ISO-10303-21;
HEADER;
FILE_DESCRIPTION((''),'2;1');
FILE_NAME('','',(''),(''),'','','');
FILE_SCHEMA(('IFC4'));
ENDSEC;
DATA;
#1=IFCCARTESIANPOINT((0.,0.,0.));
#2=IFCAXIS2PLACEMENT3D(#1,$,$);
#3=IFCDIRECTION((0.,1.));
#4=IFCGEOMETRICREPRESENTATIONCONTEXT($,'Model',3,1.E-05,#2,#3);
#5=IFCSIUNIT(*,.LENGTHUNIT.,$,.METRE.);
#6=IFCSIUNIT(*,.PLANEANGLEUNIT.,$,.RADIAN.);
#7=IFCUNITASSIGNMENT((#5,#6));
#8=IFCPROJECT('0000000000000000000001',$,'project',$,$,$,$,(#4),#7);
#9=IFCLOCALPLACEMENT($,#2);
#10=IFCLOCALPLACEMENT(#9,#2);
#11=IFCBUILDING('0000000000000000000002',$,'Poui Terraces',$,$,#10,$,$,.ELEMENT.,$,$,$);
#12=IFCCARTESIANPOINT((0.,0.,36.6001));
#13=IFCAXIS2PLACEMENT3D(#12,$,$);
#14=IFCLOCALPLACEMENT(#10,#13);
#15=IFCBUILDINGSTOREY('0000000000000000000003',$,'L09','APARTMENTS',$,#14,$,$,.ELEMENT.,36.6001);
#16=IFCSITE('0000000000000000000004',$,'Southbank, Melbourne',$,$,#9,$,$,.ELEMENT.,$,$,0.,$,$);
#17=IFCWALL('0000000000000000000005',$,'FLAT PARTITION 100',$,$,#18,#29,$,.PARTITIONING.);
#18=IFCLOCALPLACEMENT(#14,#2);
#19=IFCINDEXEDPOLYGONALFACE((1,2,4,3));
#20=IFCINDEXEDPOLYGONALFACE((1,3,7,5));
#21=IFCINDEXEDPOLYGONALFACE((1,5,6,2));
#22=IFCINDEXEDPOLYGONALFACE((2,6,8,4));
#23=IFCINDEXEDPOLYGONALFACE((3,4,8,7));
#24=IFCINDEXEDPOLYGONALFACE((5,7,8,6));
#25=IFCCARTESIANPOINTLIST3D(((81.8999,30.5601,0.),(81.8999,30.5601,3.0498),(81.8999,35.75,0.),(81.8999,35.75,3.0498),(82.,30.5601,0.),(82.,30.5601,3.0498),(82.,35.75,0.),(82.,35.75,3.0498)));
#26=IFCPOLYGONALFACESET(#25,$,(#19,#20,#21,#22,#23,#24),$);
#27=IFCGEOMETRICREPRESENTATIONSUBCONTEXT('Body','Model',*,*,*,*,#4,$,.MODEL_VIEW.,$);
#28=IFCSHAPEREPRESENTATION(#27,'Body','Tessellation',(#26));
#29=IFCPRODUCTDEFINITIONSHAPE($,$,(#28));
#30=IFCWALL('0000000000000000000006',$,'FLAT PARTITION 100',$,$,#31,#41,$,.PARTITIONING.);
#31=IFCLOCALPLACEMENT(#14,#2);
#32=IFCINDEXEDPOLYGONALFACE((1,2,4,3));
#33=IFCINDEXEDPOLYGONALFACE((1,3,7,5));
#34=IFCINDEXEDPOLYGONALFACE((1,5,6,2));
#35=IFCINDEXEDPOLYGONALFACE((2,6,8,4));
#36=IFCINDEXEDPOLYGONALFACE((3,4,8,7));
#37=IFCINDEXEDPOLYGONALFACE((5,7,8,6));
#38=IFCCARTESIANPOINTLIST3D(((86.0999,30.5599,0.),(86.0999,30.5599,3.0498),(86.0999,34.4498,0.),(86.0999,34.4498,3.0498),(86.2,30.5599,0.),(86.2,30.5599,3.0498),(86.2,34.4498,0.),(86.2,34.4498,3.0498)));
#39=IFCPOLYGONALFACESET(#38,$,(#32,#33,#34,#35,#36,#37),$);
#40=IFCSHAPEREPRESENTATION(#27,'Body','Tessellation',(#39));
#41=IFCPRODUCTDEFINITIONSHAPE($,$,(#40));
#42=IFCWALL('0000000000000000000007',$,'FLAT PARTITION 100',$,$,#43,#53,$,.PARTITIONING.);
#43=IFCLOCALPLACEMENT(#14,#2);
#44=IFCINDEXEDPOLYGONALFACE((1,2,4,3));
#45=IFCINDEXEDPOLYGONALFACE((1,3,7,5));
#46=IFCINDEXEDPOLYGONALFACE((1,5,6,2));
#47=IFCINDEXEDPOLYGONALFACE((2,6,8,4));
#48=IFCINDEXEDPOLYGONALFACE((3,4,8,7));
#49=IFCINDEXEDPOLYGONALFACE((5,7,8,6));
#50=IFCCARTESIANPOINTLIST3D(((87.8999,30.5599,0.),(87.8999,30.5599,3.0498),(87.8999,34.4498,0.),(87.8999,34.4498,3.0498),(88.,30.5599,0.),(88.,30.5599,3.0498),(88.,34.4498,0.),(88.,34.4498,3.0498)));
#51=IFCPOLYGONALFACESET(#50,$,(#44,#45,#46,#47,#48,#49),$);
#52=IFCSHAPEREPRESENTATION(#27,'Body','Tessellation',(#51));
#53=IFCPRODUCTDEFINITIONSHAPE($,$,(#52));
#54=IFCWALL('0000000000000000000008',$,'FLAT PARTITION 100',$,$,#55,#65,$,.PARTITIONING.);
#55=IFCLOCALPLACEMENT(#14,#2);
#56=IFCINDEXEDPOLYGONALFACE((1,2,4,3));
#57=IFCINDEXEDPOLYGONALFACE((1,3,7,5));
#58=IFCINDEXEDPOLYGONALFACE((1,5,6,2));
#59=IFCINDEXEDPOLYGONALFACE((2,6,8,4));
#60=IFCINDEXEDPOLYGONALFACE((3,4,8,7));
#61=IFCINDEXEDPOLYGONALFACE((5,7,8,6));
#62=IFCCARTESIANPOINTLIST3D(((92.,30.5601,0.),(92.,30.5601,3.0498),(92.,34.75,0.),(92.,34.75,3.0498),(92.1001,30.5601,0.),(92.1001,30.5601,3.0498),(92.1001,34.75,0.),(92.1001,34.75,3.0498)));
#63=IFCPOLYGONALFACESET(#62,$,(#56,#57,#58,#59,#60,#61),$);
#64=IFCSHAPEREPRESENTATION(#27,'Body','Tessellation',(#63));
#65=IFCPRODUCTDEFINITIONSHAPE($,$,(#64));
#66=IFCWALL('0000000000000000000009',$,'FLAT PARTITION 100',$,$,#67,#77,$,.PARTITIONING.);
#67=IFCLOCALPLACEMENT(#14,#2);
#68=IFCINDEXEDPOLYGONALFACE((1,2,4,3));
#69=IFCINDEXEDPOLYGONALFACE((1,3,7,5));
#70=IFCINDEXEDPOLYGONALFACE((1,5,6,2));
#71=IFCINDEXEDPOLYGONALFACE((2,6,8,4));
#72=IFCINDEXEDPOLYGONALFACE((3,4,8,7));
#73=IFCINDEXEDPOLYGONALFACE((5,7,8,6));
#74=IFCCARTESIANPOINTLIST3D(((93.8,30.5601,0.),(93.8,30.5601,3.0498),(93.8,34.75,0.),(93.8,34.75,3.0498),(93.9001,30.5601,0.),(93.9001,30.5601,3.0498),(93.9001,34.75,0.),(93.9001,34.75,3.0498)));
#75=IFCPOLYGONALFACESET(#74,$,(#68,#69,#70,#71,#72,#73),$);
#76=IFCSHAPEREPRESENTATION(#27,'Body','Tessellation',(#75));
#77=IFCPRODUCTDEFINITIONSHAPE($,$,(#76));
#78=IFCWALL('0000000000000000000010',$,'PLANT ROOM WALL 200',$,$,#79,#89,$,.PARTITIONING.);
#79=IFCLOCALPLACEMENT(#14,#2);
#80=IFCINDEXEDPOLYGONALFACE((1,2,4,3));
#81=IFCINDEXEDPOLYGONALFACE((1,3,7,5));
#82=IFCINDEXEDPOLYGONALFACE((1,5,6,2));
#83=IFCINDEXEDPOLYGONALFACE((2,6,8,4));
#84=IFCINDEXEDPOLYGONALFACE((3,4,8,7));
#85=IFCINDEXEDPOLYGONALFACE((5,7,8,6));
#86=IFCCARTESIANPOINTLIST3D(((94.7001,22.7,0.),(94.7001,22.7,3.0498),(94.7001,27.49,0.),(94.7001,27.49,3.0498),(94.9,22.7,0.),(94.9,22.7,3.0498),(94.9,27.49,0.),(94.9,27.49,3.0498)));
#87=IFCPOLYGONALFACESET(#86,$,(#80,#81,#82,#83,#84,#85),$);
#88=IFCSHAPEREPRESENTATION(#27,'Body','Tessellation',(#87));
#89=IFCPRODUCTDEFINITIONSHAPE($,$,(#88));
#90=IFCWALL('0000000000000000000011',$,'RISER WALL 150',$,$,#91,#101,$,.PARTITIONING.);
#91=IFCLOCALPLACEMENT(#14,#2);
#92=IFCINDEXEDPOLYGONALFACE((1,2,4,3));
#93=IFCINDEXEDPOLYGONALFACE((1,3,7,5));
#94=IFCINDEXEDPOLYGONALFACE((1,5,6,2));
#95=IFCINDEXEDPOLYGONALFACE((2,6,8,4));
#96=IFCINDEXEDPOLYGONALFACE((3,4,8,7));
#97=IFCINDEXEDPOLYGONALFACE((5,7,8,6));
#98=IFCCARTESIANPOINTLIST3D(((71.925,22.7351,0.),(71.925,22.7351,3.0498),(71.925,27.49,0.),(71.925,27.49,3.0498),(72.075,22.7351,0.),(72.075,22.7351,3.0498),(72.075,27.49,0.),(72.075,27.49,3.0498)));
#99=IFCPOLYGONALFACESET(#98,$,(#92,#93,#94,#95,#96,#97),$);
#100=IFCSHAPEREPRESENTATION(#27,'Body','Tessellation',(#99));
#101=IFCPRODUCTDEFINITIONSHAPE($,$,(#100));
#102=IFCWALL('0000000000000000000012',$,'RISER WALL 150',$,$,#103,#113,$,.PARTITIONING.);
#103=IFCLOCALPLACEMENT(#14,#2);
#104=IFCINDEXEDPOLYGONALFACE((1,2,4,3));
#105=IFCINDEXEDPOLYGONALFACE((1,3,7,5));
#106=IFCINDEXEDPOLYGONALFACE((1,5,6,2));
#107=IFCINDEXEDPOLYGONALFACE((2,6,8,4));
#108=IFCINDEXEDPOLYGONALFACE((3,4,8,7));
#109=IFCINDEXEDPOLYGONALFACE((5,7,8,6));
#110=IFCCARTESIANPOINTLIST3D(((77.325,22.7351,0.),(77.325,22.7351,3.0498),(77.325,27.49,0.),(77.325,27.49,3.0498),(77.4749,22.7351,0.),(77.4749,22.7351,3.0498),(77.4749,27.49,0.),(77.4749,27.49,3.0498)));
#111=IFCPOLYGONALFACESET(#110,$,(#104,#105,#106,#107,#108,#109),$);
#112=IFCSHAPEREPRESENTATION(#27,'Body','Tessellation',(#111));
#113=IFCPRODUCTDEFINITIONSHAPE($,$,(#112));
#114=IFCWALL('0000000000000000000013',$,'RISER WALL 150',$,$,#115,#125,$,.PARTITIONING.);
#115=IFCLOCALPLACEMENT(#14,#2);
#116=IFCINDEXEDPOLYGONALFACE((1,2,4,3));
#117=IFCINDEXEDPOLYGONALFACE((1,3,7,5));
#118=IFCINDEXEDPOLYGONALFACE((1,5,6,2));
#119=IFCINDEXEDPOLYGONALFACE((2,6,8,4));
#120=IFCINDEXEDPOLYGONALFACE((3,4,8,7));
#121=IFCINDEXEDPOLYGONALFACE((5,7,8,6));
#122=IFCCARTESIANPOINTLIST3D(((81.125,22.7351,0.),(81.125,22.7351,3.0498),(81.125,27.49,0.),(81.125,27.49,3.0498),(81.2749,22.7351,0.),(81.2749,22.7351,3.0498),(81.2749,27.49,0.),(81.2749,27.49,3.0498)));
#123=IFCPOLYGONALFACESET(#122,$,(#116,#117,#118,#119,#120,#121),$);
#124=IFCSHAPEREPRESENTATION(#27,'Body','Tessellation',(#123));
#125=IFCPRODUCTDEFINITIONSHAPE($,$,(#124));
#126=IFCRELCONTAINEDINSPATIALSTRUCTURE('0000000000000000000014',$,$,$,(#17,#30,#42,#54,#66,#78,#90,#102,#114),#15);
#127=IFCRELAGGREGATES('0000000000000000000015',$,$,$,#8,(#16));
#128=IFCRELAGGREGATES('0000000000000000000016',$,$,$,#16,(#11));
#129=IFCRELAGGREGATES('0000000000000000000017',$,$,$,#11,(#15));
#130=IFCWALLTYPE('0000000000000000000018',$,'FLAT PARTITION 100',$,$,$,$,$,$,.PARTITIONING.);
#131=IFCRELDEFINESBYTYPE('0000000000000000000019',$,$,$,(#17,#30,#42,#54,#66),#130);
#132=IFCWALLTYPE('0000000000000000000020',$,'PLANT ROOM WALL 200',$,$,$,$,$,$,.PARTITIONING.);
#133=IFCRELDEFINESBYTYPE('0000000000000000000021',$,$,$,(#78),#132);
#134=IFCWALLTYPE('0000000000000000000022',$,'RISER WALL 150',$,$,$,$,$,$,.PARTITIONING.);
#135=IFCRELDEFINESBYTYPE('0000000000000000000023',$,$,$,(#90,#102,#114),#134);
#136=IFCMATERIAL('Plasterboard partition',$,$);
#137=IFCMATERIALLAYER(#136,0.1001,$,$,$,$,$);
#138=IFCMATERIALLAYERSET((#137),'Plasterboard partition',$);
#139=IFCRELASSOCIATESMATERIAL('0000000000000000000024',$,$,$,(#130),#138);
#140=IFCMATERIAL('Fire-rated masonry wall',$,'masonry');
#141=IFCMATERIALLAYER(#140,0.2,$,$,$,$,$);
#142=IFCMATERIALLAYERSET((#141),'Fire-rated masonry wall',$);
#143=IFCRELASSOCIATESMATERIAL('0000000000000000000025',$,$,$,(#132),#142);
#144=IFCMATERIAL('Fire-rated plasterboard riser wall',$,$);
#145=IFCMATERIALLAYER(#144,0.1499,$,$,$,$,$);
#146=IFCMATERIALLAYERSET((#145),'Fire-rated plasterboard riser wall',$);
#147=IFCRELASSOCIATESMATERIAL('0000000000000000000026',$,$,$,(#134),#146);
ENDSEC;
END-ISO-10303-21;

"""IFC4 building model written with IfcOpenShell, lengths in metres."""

from ifc_helpers import new_model, si_unit, direction, frame, frame_2d, origin, place, context, subcontext, project, spatial, rectangle, extrude, material, layer, layer_set, type_object, element, save


model = new_model("IFC4")

# Units and contexts
model_context = context("Model", 3, precision=1e-05, world=origin(), true_north=direction((0.0, 1.0)))
body_context = subcontext(model_context, "Body", "Model", "MODEL_VIEW")
ifc_project = project(units=[si_unit("LENGTHUNIT", "METRE"), si_unit("PLANEANGLEUNIT", "RADIAN")], contexts=[model_context])

# Site, building, storey
site_placement = place(None, origin())
site = spatial("IfcSite", under=ifc_project, at=site_placement, Name="Southbank, Melbourne", CompositionType="ELEMENT", RefElevation=0.0)
building_placement = place(site_placement, origin())
building = spatial("IfcBuilding", under=site, at=building_placement, Name="Poui Terraces", CompositionType="ELEMENT")
storey_placement = place(building_placement, frame((0.0, 0.0, 36.6001)))
storey = spatial("IfcBuildingStorey", under=building, at=storey_placement, Name="L09", Description="APARTMENTS", CompositionType="ELEMENT", Elevation=36.6001)

# Walls
ifc_material_1 = material(Name="Plasterboard partition")
ifc_layer_1 = layer(ifc_material_1, 0.1001)
ifc_layer_set_1 = layer_set([ifc_layer_1], Name="Plasterboard partition")
wall_type_1 = type_object("IfcWallType", Name="FLAT PARTITION 100", PredefinedType="PARTITIONING", material=ifc_layer_set_1)
for number, where, z_axis, x_axis, name in (
    (1, (81.95, 30.5601, 0.0), (0.0, 0.0, 1.0), (0.0, 1.0, 0.0), "FLAT PARTITION 100"),
):
    element("IfcWall", number, at=place(storey_placement, frame(where, z_axis=z_axis, x_axis=x_axis)), inside=storey, type_object=wall_type_1, Name=name, PredefinedType="PARTITIONING", context=body_context, shape_type="SweptSolid", body=[
        extrude(rectangle(XDim=5.1899, YDim=0.1001, at=frame_2d((2.595, 0.0))), origin(), (0.0, 0.0, 1.0), 3.0498),
    ])
for number, where, z_axis, x_axis, name in (
    (2, (86.1499, 30.5601, 0.0), (0.0, 0.0, 1.0), (0.0, 1.0, 0.0), "FLAT PARTITION 100"),
    (3, (87.95, 30.5601, 0.0), (0.0, 0.0, 1.0), (0.0, 1.0, 0.0), "FLAT PARTITION 100"),
):
    element("IfcWall", number, at=place(storey_placement, frame(where, z_axis=z_axis, x_axis=x_axis)), inside=storey, type_object=wall_type_1, Name=name, PredefinedType="PARTITIONING", context=body_context, shape_type="SweptSolid", body=[
        extrude(rectangle(XDim=3.8899, YDim=0.1001, at=frame_2d((1.9448, 0.0))), origin(), (0.0, 0.0, 1.0), 3.0498),
    ])
for number, where, z_axis, x_axis, name in (
    (4, (92.05, 30.5601, 0.0), (0.0, 0.0, 1.0), (0.0, 1.0, 0.0), "FLAT PARTITION 100"),
    (5, (93.8501, 30.5601, 0.0), (0.0, 0.0, 1.0), (0.0, 1.0, 0.0), "FLAT PARTITION 100"),
):
    element("IfcWall", number, at=place(storey_placement, frame(where, z_axis=z_axis, x_axis=x_axis)), inside=storey, type_object=wall_type_1, Name=name, PredefinedType="PARTITIONING", context=body_context, shape_type="SweptSolid", body=[
        extrude(rectangle(XDim=4.1899, YDim=0.1001, at=frame_2d((2.095, 0.0))), origin(), (0.0, 0.0, 1.0), 3.0498),
    ])
ifc_material_2 = material(Name="Fire-rated masonry wall", Category="masonry")
ifc_layer_2 = layer(ifc_material_2, 0.2)
ifc_layer_set_2 = layer_set([ifc_layer_2], Name="Fire-rated masonry wall")
wall_type_2 = type_object("IfcWallType", Name="PLANT ROOM WALL 200", PredefinedType="PARTITIONING", material=ifc_layer_set_2)
wall_1_placement = place(storey_placement, frame((94.8, 22.7, 0.0), z_axis=(0.0, 0.0, 1.0), x_axis=(0.0, 1.0, 0.0)))
element("IfcWall", 6, at=wall_1_placement, inside=storey, type_object=wall_type_2, Name="PLANT ROOM WALL 200", PredefinedType="PARTITIONING", context=body_context, shape_type="SweptSolid", body=[
    extrude(rectangle(XDim=4.79, YDim=0.2, at=frame_2d((2.395, 0.0))), origin(), (0.0, 0.0, 1.0), 3.0498),
])
ifc_material_3 = material(Name="Fire-rated plasterboard riser wall")
ifc_layer_3 = layer(ifc_material_3, 0.1499)
ifc_layer_set_3 = layer_set([ifc_layer_3], Name="Fire-rated plasterboard riser wall")
wall_type_3 = type_object("IfcWallType", Name="RISER WALL 150", PredefinedType="PARTITIONING", material=ifc_layer_set_3)
for number, where, z_axis, x_axis, name in (
    (7, (72.0, 22.7351, 0.0), (0.0, 0.0, 1.0), (0.0, 1.0, 0.0), "RISER WALL 150"),
    (8, (77.3999, 22.7351, 0.0), (0.0, 0.0, 1.0), (0.0, 1.0, 0.0), "RISER WALL 150"),
    (9, (81.2, 22.7351, 0.0), (0.0, 0.0, 1.0), (0.0, 1.0, 0.0), "RISER WALL 150"),
):
    element("IfcWall", number, at=place(storey_placement, frame(where, z_axis=z_axis, x_axis=x_axis)), inside=storey, type_object=wall_type_3, Name=name, PredefinedType="PARTITIONING", context=body_context, shape_type="SweptSolid", body=[
        extrude(rectangle(XDim=4.7549, YDim=0.1499, at=frame_2d((2.3774, 0.0))), origin(), (0.0, 0.0, 1.0), 3.0498),
    ])

save(model, "model.ifc")
